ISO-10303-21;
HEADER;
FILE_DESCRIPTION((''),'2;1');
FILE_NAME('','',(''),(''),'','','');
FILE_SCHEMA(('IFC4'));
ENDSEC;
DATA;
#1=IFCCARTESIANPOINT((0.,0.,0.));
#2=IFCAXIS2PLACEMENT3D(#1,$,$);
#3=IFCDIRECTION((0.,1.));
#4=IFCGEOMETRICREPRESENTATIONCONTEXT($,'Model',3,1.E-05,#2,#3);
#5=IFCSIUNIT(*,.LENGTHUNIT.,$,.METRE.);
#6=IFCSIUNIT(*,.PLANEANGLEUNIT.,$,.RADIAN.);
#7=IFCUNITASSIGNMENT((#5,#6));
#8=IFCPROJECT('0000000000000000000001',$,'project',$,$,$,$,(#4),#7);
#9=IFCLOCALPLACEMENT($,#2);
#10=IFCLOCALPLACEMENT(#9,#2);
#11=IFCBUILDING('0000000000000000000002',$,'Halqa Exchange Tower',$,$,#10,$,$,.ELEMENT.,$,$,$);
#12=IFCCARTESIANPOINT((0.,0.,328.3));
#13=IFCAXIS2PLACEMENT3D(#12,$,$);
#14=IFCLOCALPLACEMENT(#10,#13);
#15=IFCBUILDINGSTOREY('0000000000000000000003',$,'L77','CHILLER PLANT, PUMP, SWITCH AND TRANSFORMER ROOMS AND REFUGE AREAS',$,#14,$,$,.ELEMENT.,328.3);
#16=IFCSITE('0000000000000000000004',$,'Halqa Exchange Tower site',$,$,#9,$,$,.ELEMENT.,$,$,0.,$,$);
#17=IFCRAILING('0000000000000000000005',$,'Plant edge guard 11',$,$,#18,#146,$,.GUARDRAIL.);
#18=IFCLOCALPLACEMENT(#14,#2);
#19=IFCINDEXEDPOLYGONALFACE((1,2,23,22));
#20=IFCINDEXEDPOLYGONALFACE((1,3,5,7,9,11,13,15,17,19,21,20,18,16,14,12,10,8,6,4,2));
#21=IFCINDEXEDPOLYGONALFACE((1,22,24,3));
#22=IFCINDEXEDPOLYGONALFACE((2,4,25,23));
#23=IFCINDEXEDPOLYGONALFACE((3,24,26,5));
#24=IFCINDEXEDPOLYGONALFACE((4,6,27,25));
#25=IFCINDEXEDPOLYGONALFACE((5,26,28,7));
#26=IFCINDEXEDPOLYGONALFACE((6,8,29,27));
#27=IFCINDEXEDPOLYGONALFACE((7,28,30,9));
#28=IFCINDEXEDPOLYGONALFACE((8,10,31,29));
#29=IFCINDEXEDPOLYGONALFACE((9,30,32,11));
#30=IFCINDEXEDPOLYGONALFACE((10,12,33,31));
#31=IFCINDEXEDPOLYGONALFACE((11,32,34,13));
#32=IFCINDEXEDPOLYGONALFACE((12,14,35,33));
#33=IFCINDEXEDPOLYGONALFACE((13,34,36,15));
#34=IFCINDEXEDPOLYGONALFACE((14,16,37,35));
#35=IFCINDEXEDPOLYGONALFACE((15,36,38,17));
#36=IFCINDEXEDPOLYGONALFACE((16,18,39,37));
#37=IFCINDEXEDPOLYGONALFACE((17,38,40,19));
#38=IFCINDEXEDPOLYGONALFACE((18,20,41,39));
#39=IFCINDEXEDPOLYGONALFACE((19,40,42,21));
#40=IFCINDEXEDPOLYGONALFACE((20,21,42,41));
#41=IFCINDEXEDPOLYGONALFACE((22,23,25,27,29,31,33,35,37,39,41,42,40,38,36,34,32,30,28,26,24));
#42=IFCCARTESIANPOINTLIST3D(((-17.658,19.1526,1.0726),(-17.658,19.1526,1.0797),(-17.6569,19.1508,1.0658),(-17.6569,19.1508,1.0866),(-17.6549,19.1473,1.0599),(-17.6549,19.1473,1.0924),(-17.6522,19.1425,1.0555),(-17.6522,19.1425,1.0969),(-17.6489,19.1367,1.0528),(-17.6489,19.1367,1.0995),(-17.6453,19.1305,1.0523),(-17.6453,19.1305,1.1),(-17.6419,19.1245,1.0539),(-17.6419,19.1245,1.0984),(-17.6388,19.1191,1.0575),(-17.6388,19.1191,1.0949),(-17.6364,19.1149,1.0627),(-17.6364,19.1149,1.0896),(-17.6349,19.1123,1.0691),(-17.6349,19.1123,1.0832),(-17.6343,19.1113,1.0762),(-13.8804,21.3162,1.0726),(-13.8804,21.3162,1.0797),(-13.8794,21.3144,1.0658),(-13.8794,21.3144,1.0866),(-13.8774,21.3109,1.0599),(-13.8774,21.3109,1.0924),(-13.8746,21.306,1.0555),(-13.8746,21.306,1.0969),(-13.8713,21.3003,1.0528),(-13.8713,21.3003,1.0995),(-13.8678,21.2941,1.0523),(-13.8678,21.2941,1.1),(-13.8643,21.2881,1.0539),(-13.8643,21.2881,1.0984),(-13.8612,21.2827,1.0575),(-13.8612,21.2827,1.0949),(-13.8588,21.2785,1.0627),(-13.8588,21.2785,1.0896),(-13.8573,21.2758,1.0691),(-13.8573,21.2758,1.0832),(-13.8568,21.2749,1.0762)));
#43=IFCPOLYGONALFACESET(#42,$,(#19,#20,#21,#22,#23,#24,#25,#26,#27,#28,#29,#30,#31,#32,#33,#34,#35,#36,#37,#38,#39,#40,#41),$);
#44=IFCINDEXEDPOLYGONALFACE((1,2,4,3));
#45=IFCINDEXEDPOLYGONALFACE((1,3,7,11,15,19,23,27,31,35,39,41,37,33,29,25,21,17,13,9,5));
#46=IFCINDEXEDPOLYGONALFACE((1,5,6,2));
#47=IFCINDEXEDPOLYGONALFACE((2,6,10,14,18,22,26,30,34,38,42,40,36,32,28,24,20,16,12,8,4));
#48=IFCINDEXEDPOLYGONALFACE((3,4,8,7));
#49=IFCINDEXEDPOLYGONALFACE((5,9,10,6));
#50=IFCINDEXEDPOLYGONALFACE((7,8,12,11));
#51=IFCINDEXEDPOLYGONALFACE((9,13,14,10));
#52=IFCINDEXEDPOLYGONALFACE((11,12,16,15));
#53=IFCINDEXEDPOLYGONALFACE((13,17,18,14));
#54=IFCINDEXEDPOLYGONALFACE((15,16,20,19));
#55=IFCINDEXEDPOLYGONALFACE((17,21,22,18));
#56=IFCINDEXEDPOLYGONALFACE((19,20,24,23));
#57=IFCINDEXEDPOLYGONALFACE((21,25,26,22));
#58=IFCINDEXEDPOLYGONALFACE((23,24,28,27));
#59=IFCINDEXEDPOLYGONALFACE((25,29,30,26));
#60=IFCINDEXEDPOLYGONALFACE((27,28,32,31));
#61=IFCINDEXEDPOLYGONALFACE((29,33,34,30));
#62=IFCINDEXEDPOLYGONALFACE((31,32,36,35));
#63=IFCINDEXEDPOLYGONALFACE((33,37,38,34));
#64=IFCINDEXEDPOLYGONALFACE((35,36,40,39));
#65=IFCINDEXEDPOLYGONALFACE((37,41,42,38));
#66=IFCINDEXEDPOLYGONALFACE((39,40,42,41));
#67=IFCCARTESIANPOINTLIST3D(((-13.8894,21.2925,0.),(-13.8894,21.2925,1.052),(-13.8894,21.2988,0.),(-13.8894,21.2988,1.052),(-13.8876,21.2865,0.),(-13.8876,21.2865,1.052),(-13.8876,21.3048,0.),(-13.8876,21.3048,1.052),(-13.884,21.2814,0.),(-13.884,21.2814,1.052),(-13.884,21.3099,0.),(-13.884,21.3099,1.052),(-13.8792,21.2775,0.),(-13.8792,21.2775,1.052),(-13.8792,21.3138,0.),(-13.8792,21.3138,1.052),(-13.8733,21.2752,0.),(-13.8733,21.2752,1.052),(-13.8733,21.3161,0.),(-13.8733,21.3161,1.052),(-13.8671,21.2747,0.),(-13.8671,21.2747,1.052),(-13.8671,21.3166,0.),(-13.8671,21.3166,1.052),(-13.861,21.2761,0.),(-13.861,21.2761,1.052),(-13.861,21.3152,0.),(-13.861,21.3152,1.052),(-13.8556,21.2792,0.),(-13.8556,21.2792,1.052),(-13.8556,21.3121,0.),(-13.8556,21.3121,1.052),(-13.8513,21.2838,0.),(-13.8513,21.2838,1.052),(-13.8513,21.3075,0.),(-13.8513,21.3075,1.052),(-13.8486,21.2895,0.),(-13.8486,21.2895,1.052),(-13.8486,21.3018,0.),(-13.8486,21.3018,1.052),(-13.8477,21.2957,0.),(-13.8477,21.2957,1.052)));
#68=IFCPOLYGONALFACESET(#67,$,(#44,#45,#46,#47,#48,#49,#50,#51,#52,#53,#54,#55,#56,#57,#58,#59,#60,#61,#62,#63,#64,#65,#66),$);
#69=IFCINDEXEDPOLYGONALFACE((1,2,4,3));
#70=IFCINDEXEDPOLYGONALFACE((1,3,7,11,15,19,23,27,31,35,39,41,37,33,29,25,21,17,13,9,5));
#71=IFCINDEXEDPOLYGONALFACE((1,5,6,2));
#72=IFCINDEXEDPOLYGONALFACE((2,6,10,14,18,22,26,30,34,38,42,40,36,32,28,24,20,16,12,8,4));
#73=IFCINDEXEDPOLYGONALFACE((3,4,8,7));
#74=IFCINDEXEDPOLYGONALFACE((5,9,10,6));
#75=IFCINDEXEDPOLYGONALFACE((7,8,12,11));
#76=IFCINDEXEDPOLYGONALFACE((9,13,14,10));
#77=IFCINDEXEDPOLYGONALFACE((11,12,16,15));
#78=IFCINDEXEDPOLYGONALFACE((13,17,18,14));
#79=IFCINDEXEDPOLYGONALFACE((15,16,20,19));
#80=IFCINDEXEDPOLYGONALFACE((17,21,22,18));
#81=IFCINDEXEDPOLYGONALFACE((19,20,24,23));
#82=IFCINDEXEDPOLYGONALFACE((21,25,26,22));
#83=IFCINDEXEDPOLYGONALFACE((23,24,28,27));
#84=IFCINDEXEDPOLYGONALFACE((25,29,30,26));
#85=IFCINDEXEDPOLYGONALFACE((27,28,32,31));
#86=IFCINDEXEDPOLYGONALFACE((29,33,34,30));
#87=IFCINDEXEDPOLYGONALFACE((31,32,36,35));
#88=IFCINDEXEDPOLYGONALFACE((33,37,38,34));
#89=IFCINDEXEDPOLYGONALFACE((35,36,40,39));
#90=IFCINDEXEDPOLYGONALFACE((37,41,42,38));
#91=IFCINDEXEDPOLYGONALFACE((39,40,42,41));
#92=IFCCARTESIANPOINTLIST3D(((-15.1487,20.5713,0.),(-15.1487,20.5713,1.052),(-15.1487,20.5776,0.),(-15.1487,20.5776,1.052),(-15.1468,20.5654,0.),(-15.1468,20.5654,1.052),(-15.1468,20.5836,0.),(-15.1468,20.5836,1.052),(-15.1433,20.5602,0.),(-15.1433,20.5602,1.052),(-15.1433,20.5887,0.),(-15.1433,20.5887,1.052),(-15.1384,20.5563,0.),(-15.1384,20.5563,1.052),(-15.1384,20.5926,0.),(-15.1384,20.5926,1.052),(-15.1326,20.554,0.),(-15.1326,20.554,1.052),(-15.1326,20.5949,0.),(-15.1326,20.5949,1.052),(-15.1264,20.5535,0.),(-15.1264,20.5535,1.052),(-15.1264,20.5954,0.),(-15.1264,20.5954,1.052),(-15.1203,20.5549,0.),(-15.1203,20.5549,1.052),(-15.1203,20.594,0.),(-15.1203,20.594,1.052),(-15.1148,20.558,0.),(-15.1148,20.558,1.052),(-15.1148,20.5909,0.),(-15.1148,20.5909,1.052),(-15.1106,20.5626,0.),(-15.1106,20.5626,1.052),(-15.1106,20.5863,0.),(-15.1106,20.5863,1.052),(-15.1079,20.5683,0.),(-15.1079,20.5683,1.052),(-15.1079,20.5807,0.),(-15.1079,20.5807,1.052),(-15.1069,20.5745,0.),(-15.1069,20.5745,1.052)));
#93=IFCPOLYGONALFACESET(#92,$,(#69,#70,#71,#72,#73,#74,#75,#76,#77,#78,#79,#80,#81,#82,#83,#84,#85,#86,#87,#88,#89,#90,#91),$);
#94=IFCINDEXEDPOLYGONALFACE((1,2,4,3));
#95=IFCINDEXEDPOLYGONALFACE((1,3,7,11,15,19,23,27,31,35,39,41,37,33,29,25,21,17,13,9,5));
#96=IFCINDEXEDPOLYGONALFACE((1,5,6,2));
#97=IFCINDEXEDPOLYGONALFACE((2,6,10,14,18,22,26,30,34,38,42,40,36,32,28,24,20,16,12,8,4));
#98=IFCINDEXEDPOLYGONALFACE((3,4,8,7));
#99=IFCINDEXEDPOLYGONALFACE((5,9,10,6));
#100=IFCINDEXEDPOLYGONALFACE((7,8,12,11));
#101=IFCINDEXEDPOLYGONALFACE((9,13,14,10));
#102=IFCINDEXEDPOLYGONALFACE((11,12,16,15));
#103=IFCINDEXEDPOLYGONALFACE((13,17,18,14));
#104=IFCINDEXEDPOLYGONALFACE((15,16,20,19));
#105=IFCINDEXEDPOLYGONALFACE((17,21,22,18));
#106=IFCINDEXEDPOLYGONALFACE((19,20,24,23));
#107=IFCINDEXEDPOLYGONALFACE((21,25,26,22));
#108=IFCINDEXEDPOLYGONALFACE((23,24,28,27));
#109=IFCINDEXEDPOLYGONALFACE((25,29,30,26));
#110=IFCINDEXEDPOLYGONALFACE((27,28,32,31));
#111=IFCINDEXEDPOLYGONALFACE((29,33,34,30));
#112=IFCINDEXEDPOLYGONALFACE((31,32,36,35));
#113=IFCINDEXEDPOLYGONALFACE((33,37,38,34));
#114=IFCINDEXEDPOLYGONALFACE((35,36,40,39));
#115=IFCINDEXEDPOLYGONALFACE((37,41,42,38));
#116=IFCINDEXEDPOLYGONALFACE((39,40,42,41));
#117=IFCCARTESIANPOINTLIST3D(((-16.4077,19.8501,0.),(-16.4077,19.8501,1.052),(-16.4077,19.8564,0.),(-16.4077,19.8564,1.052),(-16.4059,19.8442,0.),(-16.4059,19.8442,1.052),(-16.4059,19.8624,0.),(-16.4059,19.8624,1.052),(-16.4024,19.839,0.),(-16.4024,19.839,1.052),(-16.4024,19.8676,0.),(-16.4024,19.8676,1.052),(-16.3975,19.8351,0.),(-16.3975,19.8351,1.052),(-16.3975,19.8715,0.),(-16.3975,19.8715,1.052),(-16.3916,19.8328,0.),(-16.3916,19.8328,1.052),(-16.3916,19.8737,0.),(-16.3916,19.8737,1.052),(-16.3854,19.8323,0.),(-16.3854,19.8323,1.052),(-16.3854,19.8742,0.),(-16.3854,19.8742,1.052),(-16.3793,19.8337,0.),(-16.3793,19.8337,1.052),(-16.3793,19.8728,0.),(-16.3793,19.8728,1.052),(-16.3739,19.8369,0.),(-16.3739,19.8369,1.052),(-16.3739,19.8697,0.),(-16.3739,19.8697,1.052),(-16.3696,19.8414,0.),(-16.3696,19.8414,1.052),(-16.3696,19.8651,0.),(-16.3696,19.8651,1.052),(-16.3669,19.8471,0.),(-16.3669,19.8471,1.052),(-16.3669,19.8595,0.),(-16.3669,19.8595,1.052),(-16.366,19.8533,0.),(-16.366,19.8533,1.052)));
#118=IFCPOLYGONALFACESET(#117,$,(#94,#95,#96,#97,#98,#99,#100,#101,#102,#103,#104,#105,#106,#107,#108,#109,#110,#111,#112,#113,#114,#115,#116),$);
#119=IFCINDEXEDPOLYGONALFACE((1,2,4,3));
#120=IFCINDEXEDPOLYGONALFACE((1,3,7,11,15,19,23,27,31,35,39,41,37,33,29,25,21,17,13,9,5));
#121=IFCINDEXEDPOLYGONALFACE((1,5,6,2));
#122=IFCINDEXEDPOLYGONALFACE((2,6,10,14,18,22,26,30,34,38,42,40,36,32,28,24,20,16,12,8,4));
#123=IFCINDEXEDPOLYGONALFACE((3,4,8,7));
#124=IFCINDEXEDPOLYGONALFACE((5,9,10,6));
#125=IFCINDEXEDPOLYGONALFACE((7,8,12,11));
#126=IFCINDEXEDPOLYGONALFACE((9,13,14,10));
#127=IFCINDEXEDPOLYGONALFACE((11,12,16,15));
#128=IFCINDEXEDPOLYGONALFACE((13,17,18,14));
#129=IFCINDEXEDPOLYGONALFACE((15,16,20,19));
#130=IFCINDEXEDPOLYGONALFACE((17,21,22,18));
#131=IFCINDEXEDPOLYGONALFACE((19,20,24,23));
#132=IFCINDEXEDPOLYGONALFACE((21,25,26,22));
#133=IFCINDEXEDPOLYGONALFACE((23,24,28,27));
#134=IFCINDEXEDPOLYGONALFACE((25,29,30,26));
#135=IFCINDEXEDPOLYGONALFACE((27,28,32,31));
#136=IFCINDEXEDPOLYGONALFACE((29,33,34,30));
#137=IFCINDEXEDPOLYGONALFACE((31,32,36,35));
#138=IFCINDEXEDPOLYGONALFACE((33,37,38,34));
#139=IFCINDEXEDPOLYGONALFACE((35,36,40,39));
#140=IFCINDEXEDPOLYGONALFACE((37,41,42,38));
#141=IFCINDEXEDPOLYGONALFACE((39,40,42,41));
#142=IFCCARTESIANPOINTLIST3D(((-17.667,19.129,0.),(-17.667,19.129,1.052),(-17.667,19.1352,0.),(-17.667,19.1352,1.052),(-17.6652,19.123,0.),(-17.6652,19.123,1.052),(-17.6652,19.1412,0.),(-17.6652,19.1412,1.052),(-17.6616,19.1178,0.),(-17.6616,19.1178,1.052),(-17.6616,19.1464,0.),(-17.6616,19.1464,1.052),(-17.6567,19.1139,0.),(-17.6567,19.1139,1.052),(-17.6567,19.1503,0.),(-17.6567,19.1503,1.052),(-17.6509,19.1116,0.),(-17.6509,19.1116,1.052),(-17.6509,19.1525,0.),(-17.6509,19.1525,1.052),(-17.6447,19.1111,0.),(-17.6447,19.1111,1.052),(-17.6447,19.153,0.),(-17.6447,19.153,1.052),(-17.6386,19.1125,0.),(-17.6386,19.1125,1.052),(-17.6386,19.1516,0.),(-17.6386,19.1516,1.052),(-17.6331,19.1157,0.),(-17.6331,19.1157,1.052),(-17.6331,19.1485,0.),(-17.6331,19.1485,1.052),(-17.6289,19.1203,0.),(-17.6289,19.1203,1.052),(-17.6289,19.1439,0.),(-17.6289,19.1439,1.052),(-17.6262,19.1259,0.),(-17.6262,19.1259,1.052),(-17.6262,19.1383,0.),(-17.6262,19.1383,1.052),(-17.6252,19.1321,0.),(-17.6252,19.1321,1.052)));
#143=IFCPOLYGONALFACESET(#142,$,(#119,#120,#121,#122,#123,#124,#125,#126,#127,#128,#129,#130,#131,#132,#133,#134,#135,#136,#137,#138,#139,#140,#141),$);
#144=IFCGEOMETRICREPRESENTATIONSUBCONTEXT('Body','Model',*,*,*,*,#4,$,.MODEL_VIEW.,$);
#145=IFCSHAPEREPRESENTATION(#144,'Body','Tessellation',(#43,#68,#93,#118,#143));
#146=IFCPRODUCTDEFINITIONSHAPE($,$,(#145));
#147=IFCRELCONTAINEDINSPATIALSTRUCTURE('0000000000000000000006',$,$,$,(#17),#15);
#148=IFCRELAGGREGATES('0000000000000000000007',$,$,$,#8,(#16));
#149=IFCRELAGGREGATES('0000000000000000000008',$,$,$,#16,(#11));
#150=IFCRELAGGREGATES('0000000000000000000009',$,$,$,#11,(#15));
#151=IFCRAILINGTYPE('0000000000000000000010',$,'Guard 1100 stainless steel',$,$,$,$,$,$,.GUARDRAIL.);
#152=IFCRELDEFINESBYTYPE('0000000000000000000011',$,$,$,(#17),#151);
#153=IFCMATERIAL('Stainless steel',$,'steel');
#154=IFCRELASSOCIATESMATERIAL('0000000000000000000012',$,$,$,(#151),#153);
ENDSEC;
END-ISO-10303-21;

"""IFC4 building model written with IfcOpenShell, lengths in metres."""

from ifc_helpers import new_model, si_unit, direction, frame, origin, origin_2d, place, context, subcontext, project, spatial, circle, extrude, material, type_object, element, save


model = new_model("IFC4")

# Units and contexts
model_context = context("Model", 3, precision=1e-05, world=origin(), true_north=direction((0.0, 1.0)))
body_context = subcontext(model_context, "Body", "Model", "MODEL_VIEW")
ifc_project = project(units=[si_unit("LENGTHUNIT", "METRE"), si_unit("PLANEANGLEUNIT", "RADIAN")], contexts=[model_context])

# Site, building, storey
site_placement = place(None, origin())
site = spatial("IfcSite", under=ifc_project, at=site_placement, Name="Halqa Exchange Tower site", CompositionType="ELEMENT", RefElevation=0.0)
building_placement = place(site_placement, origin())
building = spatial("IfcBuilding", under=site, at=building_placement, Name="Halqa Exchange Tower", CompositionType="ELEMENT")
storey_placement = place(building_placement, frame((0.0, 0.0, 328.3)))
storey = spatial("IfcBuildingStorey", under=building, at=storey_placement, Name="L77", Description="CHILLER PLANT, PUMP, SWITCH AND TRANSFORMER ROOMS AND REFUGE AREAS", CompositionType="ELEMENT", Elevation=328.3)

# Railing
ifc_material_1 = material(Name="Stainless steel", Category="steel")
railing_type = type_object("IfcRailingType", Name="Guard 1100 stainless steel", PredefinedType="GUARDRAIL", material=ifc_material_1)
railing_1_placement = place(storey_placement, frame((-13.8687, 21.2957, 0.0)))
element("IfcRailing", 1, at=railing_1_placement, inside=storey, type_object=railing_type, Name="Plant edge guard 11", PredefinedType="GUARDRAIL", context=body_context, shape_type="SweptSolid", body=[
    extrude(circle(Radius=0.0239, at=origin_2d()), frame((0.0, 0.0, 1.0762), z_axis=(-0.867753, -0.496996, 0.0), x_axis=(0.496996, -0.867753, 0.0)), (0.0, 0.0, 1.0), 4.3533),
    extrude(circle(Radius=0.021, at=origin_2d()), origin(), (0.0, 0.0, 1.0), 1.052),
    extrude(circle(Radius=0.021, at=origin_2d()), frame((-1.2593, -0.7212, 0.0)), (0.0, 0.0, 1.0), 1.052),
    extrude(circle(Radius=0.021, at=origin_2d()), frame((-2.5183, -1.4424, 0.0)), (0.0, 0.0, 1.0), 1.052),
    extrude(circle(Radius=0.021, at=origin_2d()), frame((-3.7776, -2.1636, 0.0)), (0.0, 0.0, 1.0), 1.052),
])

save(model, "model.ifc")
